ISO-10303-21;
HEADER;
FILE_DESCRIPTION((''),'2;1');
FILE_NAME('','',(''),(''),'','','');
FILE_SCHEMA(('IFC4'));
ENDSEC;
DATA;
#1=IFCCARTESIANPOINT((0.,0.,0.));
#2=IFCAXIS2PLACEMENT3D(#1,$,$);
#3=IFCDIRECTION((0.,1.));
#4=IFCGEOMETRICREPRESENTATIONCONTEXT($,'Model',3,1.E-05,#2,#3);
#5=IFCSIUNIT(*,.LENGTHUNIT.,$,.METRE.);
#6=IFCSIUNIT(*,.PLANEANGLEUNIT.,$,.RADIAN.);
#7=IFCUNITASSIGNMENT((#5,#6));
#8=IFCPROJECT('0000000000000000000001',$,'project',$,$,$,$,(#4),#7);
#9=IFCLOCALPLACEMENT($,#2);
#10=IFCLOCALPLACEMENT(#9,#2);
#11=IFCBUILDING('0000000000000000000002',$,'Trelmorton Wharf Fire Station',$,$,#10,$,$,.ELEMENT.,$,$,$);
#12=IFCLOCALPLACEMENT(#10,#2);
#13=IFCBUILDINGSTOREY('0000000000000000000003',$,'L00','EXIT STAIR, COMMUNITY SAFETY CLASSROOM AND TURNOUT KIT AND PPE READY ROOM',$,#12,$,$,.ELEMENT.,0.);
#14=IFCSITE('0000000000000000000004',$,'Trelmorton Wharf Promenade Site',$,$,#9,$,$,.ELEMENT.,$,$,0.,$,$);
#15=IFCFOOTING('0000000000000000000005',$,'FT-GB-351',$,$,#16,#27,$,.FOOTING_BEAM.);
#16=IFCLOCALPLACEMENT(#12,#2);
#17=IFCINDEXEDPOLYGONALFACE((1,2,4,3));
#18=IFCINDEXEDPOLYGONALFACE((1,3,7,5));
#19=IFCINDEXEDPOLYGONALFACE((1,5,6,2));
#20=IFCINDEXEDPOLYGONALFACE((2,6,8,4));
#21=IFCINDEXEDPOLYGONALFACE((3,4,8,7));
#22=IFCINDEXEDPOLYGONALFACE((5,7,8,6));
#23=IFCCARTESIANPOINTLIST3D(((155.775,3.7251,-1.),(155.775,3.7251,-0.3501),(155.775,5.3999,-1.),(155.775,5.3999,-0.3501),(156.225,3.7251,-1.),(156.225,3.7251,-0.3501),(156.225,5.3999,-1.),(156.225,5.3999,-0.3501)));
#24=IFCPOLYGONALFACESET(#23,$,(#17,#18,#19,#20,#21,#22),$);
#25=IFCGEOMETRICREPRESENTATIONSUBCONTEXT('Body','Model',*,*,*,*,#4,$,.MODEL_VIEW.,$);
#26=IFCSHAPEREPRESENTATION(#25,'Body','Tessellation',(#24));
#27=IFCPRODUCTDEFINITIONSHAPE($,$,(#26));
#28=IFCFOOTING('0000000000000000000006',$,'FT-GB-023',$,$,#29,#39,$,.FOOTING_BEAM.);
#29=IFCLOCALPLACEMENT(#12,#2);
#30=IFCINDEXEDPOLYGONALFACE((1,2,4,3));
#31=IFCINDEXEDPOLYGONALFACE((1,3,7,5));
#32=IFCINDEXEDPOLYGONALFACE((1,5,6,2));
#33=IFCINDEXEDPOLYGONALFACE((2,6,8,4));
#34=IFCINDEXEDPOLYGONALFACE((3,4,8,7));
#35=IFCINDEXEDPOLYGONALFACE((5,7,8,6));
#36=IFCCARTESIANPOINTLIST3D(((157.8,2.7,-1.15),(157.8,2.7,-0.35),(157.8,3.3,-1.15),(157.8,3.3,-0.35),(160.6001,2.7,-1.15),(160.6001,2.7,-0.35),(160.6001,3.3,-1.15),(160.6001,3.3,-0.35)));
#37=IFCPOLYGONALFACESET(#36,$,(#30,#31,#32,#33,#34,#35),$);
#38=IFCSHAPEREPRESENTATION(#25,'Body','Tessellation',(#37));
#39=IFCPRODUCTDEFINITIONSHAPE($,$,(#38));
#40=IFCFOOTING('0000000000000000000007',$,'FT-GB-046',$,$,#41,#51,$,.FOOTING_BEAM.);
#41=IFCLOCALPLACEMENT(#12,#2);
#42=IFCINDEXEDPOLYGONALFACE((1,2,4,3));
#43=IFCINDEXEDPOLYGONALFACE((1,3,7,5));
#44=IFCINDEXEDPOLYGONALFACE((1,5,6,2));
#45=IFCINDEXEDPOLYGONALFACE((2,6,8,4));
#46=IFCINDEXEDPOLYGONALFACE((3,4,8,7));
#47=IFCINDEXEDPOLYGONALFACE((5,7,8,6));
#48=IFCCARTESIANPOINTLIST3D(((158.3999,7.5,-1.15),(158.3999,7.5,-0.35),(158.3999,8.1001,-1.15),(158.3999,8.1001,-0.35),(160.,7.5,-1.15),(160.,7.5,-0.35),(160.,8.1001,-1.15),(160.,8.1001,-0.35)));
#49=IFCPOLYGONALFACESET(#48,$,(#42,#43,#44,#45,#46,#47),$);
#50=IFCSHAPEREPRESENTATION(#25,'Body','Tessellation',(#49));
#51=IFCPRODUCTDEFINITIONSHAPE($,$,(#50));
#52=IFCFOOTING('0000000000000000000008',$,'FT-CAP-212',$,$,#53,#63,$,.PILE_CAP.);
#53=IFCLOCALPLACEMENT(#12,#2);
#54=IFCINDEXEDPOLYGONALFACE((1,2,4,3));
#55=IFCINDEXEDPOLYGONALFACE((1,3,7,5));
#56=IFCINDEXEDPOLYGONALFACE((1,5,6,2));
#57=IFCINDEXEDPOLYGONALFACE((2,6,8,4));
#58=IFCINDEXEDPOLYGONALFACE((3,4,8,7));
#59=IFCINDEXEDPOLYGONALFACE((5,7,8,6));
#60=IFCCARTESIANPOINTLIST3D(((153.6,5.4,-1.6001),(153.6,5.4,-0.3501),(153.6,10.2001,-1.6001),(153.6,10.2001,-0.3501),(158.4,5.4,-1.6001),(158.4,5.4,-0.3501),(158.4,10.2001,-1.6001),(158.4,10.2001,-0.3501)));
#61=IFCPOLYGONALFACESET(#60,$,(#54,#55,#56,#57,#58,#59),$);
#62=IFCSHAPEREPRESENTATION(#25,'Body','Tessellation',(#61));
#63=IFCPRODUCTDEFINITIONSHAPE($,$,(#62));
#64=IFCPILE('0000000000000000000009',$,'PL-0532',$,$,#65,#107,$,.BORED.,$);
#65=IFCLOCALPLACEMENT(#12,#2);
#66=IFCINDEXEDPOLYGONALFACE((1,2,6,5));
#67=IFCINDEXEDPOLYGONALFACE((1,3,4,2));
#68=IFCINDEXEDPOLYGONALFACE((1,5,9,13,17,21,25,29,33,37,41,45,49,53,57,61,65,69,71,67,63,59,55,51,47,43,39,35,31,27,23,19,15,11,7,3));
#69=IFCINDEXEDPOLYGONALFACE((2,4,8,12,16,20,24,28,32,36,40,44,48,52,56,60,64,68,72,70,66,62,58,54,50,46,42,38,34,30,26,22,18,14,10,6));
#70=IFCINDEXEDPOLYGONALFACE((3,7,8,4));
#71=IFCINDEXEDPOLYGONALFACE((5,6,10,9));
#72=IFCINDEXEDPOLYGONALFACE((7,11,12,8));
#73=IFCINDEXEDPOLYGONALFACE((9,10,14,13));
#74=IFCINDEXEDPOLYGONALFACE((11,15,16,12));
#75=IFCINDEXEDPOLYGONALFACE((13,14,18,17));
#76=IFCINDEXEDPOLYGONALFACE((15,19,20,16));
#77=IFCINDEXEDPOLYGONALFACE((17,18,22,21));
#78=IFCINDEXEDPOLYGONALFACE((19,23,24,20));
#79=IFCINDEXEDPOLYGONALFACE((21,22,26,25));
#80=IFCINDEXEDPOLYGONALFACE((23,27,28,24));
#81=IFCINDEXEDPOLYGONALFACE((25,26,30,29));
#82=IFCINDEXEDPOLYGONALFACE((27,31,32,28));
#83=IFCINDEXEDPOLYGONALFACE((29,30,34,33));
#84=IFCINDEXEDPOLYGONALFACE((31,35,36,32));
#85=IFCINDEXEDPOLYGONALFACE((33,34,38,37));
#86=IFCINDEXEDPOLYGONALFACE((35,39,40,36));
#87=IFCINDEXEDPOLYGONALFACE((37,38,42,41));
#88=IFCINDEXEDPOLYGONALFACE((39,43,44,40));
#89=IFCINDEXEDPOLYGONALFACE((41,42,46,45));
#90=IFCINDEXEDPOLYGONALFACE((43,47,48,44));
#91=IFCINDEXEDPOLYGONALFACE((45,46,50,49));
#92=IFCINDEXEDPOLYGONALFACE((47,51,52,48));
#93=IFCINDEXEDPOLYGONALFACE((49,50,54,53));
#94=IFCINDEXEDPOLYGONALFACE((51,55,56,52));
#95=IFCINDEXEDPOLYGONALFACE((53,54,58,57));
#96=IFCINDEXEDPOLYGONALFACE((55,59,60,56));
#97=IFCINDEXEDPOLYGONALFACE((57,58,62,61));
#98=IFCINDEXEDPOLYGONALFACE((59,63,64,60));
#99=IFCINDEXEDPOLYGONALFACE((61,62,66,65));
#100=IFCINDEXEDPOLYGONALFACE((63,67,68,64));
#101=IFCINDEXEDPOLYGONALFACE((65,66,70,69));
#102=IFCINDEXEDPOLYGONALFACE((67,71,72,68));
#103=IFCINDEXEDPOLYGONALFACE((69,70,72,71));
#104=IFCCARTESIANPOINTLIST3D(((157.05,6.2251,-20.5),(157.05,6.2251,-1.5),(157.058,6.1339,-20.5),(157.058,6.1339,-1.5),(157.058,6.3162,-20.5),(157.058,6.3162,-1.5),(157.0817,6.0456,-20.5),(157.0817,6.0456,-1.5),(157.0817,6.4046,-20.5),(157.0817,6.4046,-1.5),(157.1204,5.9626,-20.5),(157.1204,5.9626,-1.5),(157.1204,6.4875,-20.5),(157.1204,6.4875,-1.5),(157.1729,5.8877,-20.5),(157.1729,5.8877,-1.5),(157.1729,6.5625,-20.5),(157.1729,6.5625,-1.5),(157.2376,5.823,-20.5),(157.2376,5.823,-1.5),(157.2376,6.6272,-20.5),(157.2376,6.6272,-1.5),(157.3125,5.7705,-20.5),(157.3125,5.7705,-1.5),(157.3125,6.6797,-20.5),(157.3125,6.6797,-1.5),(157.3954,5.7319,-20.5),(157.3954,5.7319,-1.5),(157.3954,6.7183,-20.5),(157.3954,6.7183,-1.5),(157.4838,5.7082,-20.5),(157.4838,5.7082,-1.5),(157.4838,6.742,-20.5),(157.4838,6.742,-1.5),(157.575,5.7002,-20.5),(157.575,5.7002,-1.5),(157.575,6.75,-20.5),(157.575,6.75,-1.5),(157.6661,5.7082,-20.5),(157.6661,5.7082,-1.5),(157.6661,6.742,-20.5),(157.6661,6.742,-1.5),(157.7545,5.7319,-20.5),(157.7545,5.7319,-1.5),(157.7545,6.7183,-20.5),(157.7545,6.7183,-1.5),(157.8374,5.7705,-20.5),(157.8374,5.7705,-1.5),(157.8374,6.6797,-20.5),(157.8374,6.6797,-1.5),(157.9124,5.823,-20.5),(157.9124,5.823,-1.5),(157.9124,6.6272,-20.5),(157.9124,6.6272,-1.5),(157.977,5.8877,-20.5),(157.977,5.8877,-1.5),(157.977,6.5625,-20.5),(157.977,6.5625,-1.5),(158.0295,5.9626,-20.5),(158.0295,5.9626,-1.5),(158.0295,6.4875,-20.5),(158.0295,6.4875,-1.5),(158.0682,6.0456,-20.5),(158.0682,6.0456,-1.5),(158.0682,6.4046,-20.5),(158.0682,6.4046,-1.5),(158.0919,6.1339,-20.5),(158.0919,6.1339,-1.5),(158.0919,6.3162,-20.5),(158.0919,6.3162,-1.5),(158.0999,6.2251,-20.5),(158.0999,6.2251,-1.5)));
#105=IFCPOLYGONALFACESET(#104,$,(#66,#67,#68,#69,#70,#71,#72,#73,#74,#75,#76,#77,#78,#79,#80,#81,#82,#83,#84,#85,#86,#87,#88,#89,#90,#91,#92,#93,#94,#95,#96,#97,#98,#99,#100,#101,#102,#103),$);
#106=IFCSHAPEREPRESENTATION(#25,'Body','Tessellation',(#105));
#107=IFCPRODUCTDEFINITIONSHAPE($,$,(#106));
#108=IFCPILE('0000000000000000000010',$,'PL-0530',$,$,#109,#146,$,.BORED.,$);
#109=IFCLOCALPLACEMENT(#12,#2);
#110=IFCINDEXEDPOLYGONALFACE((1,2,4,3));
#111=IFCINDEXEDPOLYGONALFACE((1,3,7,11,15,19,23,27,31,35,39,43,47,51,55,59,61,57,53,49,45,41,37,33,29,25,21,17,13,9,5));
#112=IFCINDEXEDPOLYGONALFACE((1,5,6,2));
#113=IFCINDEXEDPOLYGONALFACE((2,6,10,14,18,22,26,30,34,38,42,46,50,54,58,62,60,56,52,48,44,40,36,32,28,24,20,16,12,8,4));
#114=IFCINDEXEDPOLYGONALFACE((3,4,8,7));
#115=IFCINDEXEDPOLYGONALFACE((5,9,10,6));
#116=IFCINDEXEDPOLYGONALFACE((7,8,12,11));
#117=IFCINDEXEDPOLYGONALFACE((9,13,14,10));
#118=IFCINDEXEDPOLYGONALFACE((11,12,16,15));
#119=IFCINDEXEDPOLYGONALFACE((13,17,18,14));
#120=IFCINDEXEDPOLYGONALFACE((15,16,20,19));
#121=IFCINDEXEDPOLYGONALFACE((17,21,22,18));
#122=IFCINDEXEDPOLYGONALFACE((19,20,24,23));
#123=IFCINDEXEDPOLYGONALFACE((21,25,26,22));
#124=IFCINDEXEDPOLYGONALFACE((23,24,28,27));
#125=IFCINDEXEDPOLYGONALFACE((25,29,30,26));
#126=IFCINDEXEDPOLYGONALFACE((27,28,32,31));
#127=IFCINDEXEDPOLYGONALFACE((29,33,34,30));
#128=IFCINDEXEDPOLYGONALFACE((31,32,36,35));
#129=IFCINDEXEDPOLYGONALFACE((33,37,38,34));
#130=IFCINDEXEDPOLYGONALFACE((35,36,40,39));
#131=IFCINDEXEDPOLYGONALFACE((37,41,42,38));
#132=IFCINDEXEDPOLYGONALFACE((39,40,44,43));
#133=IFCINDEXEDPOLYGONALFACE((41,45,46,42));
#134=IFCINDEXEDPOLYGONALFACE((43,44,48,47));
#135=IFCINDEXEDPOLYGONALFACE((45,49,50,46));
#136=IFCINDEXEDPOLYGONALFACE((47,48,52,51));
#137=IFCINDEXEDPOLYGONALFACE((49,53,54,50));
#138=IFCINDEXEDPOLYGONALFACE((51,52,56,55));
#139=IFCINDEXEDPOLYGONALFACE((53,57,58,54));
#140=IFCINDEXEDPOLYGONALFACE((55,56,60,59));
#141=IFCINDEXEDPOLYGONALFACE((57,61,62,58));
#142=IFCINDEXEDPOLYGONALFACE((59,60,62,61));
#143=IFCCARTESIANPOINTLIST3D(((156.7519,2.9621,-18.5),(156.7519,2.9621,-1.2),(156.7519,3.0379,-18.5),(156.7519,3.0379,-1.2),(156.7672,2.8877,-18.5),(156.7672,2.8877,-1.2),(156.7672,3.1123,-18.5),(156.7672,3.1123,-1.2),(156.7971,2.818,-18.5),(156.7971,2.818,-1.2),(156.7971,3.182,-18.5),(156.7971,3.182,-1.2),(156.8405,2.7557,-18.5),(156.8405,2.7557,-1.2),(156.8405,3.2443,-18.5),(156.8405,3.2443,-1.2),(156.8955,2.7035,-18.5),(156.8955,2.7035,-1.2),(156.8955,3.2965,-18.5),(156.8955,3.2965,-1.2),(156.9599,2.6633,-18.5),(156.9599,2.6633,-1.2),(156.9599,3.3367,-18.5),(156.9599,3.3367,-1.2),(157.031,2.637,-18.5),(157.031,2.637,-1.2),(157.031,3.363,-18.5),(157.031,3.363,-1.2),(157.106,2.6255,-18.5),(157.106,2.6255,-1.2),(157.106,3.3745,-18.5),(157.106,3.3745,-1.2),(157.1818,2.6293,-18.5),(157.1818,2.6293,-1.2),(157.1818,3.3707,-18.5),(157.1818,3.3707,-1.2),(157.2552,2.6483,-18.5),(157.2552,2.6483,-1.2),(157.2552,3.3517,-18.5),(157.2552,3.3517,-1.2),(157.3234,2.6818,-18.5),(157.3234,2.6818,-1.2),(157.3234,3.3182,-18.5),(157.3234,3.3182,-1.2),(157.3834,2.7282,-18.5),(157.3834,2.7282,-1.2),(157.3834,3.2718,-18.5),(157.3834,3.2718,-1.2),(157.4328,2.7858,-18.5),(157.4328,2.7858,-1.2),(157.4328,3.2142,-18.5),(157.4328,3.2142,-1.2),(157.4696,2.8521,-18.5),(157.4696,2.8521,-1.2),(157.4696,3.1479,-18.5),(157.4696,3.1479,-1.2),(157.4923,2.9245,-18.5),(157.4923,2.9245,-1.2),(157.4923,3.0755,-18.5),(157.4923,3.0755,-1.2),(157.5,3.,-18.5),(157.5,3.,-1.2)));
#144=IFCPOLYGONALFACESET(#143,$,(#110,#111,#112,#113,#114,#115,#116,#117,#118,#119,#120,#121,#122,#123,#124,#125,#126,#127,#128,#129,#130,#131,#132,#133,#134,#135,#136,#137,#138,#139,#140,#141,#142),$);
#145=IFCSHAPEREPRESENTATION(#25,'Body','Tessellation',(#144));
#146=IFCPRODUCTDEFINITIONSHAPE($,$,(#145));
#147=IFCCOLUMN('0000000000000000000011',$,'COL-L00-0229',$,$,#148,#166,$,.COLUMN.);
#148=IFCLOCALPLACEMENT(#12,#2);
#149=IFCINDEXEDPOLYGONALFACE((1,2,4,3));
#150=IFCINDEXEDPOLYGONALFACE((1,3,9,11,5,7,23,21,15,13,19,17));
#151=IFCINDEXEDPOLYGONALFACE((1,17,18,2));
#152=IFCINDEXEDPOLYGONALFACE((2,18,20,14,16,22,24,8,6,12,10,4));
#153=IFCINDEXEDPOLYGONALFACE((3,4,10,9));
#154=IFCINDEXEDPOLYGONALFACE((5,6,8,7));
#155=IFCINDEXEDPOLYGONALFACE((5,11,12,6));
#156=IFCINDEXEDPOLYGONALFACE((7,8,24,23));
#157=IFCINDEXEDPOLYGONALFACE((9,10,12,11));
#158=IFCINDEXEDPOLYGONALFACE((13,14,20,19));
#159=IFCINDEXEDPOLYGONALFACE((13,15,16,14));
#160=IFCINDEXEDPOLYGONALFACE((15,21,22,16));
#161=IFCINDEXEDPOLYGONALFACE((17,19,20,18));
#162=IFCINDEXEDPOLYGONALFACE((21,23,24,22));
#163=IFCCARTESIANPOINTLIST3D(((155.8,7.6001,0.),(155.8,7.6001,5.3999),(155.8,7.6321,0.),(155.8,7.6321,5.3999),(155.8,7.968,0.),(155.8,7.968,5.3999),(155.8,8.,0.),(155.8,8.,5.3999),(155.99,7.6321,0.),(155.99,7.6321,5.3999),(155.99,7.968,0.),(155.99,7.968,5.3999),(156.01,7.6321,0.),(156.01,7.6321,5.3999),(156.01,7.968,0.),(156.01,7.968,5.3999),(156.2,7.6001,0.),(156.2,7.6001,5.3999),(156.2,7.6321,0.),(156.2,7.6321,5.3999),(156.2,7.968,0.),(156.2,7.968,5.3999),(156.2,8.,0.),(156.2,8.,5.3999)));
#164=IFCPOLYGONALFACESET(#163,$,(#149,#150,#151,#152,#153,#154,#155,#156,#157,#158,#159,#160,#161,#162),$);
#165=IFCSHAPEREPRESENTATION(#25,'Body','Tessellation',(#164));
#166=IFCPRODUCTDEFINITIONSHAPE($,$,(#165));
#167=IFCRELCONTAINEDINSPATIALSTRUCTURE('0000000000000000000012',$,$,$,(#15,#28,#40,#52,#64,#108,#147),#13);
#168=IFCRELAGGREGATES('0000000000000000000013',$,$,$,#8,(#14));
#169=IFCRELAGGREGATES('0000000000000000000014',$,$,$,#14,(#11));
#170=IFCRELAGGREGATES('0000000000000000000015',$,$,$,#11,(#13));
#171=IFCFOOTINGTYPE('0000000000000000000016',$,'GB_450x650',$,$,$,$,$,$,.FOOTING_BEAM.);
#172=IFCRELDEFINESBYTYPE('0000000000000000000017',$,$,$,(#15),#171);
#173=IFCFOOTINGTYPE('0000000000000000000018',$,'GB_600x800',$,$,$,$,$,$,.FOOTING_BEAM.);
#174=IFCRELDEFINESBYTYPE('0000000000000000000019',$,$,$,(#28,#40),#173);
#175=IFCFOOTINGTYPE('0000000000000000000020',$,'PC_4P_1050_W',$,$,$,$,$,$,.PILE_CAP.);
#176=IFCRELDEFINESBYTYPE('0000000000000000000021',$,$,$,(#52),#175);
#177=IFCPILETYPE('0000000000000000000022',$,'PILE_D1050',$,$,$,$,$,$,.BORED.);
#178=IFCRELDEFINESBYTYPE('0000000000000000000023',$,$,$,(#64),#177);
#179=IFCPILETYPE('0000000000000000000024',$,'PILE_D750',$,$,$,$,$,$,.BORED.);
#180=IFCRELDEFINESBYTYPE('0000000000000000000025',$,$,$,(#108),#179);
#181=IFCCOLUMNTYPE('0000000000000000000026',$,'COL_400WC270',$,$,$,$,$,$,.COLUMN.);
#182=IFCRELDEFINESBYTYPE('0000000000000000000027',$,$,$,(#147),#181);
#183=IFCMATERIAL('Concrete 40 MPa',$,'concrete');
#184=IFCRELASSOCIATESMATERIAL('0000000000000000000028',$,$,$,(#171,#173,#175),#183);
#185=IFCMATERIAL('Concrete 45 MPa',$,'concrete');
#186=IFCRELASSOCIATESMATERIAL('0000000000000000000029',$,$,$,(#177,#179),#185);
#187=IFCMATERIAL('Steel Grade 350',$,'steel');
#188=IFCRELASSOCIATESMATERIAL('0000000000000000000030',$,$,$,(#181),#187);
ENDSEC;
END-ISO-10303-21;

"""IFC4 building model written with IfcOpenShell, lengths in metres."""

from ifc_helpers import new_model, si_unit, direction, frame, origin, origin_2d, place, context, subcontext, project, spatial, rectangle, circle, i_section, extrude, material, material_profile, profile_set, type_object, element, save


model = new_model("IFC4")

# Units and contexts
model_context = context("Model", 3, precision=1e-05, world=origin(), true_north=direction((0.0, 1.0)))
body_context = subcontext(model_context, "Body", "Model", "MODEL_VIEW")
ifc_project = project(units=[si_unit("LENGTHUNIT", "METRE"), si_unit("PLANEANGLEUNIT", "RADIAN")], contexts=[model_context])

# Site, building, storey
site_placement = place(None, origin())
site = spatial("IfcSite", under=ifc_project, at=site_placement, Name="Trelmorton Wharf Promenade Site", CompositionType="ELEMENT", RefElevation=0.0)
building_placement = place(site_placement, origin())
building = spatial("IfcBuilding", under=site, at=building_placement, Name="Trelmorton Wharf Fire Station", CompositionType="ELEMENT")
storey_placement = place(building_placement, origin())
storey = spatial("IfcBuildingStorey", under=building, at=storey_placement, Name="L00", Description="EXIT STAIR, COMMUNITY SAFETY CLASSROOM AND TURNOUT KIT AND PPE READY ROOM", CompositionType="ELEMENT", Elevation=0.0)

# Footings
ifc_material_1 = material(Name="Concrete 40 MPa", Category="concrete")
ifc_material_profile_1 = material_profile(ifc_material_1, rectangle(XDim=0.45, YDim=0.6499, at=origin_2d()), Name="RC450x650")
ifc_profile_set_1 = profile_set([ifc_material_profile_1], Name="Concrete 40 MPa")
footing_type_1 = type_object("IfcFootingType", Name="GB_450x650", PredefinedType="FOOTING_BEAM", material=ifc_profile_set_1)
footing_1_placement = place(storey_placement, frame((156.0, 3.7251, -0.675), z_axis=(0.0, 1.0, 0.0), x_axis=(-1.0, 0.0, 0.0)))
element("IfcFooting", 1, at=footing_1_placement, inside=storey, type_object=footing_type_1, Name="FT-GB-351", PredefinedType="FOOTING_BEAM", context=body_context, shape_type="SweptSolid", body=[
    extrude(rectangle(XDim=0.45, YDim=0.6499, at=origin_2d()), origin(), (0.0, 0.0, 1.0), 1.6748),
])
ifc_material_profile_2 = material_profile(ifc_material_1, rectangle(XDim=0.6001, YDim=0.8, at=origin_2d()), Name="RC600x800")
ifc_profile_set_2 = profile_set([ifc_material_profile_2], Name="Concrete 40 MPa")
footing_type_2 = type_object("IfcFootingType", Name="GB_600x800", PredefinedType="FOOTING_BEAM", material=ifc_profile_set_2)
footing_2_placement = place(storey_placement, frame((157.8, 3.0, -0.75), z_axis=(1.0, 0.0, 0.0), x_axis=(0.0, 1.0, 0.0)))
element("IfcFooting", 2, at=footing_2_placement, inside=storey, type_object=footing_type_2, Name="FT-GB-023", PredefinedType="FOOTING_BEAM", context=body_context, shape_type="SweptSolid", body=[
    extrude(rectangle(XDim=0.6001, YDim=0.8, at=origin_2d()), origin(), (0.0, 0.0, 1.0), 2.8),
])
footing_3_placement = place(storey_placement, frame((158.3999, 7.8, -0.75), z_axis=(1.0, 0.0, 0.0), x_axis=(0.0, 1.0, 0.0)))
element("IfcFooting", 3, at=footing_3_placement, inside=storey, type_object=footing_type_2, Name="FT-GB-046", PredefinedType="FOOTING_BEAM", context=body_context, shape_type="SweptSolid", body=[
    extrude(rectangle(XDim=0.6001, YDim=0.8, at=origin_2d()), origin(), (0.0, 0.0, 1.0), 1.6001),
])
footing_type_3 = type_object("IfcFootingType", Name="PC_4P_1050_W", PredefinedType="PILE_CAP", material=ifc_material_1)
footing_4_placement = place(storey_placement, frame((156.0, 7.8, -1.6001), z_axis=(0.0, 0.0, 1.0), x_axis=(1.0, 0.0, 0.0)))
element("IfcFooting", 4, at=footing_4_placement, inside=storey, type_object=footing_type_3, Name="FT-CAP-212", PredefinedType="PILE_CAP", context=body_context, shape_type="SweptSolid", body=[
    extrude(rectangle(XDim=4.8, YDim=4.8, at=origin_2d()), origin(), (0.0, 0.0, 1.0), 1.25),
])

# Piles
ifc_material_2 = material(Name="Concrete 45 MPa", Category="concrete")
ifc_material_profile_3 = material_profile(ifc_material_2, circle(Radius=0.5249, at=origin_2d()), Name="PILE-D1050")
ifc_profile_set_3 = profile_set([ifc_material_profile_3], Name="Concrete 45 MPa")
pile_type_1 = type_object("IfcPileType", Name="PILE_D1050", PredefinedType="BORED", material=ifc_profile_set_3)
pile_1_placement = place(storey_placement, frame((157.575, 6.2251, -1.5), z_axis=(0.0, 0.0, -1.0), x_axis=(1.0, 0.0, 0.0)))
element("IfcPile", 5, at=pile_1_placement, inside=storey, type_object=pile_type_1, Name="PL-0532", PredefinedType="BORED", context=body_context, shape_type="SweptSolid", body=[
    extrude(circle(Radius=0.5249, at=origin_2d()), origin(), (0.0, 0.0, 1.0), 19.0),
])
ifc_material_profile_4 = material_profile(ifc_material_2, circle(Radius=0.375, at=origin_2d()), Name="PILE-D750")
ifc_profile_set_4 = profile_set([ifc_material_profile_4], Name="Concrete 45 MPa")
pile_type_2 = type_object("IfcPileType", Name="PILE_D750", PredefinedType="BORED", material=ifc_profile_set_4)
pile_2_placement = place(storey_placement, frame((157.125, 3.0, -1.2), z_axis=(0.0, 0.0, -1.0), x_axis=(1.0, 0.0, 0.0)))
element("IfcPile", 6, at=pile_2_placement, inside=storey, type_object=pile_type_2, Name="PL-0530", PredefinedType="BORED", context=body_context, shape_type="SweptSolid", body=[
    extrude(circle(Radius=0.375, at=origin_2d()), origin(), (0.0, 0.0, 1.0), 17.3),
])

# Column
ifc_material_3 = material(Name="Steel Grade 350", Category="steel")
ifc_material_profile_5 = material_profile(ifc_material_3, i_section(OverallWidth=0.3999, OverallDepth=0.3999, WebThickness=0.02, FlangeThickness=0.032, at=origin_2d()), Name="400WC270")
ifc_profile_set_5 = profile_set([ifc_material_profile_5], Name="Steel Grade 350")
column_type = type_object("IfcColumnType", Name="COL_400WC270", PredefinedType="COLUMN", material=ifc_profile_set_5)
column_placement = place(storey_placement, frame((156.0, 7.8, 0.0), z_axis=(0.0, 0.0, 1.0), x_axis=(1.0, 0.0, 0.0)))
element("IfcColumn", 7, at=column_placement, inside=storey, type_object=column_type, Name="COL-L00-0229", PredefinedType="COLUMN", context=body_context, shape_type="SweptSolid", body=[
    extrude(i_section(OverallWidth=0.3999, OverallDepth=0.3999, WebThickness=0.02, FlangeThickness=0.032, at=origin_2d()), origin(), (0.0, 0.0, 1.0), 5.3999),
])

save(model, "model.ifc")
